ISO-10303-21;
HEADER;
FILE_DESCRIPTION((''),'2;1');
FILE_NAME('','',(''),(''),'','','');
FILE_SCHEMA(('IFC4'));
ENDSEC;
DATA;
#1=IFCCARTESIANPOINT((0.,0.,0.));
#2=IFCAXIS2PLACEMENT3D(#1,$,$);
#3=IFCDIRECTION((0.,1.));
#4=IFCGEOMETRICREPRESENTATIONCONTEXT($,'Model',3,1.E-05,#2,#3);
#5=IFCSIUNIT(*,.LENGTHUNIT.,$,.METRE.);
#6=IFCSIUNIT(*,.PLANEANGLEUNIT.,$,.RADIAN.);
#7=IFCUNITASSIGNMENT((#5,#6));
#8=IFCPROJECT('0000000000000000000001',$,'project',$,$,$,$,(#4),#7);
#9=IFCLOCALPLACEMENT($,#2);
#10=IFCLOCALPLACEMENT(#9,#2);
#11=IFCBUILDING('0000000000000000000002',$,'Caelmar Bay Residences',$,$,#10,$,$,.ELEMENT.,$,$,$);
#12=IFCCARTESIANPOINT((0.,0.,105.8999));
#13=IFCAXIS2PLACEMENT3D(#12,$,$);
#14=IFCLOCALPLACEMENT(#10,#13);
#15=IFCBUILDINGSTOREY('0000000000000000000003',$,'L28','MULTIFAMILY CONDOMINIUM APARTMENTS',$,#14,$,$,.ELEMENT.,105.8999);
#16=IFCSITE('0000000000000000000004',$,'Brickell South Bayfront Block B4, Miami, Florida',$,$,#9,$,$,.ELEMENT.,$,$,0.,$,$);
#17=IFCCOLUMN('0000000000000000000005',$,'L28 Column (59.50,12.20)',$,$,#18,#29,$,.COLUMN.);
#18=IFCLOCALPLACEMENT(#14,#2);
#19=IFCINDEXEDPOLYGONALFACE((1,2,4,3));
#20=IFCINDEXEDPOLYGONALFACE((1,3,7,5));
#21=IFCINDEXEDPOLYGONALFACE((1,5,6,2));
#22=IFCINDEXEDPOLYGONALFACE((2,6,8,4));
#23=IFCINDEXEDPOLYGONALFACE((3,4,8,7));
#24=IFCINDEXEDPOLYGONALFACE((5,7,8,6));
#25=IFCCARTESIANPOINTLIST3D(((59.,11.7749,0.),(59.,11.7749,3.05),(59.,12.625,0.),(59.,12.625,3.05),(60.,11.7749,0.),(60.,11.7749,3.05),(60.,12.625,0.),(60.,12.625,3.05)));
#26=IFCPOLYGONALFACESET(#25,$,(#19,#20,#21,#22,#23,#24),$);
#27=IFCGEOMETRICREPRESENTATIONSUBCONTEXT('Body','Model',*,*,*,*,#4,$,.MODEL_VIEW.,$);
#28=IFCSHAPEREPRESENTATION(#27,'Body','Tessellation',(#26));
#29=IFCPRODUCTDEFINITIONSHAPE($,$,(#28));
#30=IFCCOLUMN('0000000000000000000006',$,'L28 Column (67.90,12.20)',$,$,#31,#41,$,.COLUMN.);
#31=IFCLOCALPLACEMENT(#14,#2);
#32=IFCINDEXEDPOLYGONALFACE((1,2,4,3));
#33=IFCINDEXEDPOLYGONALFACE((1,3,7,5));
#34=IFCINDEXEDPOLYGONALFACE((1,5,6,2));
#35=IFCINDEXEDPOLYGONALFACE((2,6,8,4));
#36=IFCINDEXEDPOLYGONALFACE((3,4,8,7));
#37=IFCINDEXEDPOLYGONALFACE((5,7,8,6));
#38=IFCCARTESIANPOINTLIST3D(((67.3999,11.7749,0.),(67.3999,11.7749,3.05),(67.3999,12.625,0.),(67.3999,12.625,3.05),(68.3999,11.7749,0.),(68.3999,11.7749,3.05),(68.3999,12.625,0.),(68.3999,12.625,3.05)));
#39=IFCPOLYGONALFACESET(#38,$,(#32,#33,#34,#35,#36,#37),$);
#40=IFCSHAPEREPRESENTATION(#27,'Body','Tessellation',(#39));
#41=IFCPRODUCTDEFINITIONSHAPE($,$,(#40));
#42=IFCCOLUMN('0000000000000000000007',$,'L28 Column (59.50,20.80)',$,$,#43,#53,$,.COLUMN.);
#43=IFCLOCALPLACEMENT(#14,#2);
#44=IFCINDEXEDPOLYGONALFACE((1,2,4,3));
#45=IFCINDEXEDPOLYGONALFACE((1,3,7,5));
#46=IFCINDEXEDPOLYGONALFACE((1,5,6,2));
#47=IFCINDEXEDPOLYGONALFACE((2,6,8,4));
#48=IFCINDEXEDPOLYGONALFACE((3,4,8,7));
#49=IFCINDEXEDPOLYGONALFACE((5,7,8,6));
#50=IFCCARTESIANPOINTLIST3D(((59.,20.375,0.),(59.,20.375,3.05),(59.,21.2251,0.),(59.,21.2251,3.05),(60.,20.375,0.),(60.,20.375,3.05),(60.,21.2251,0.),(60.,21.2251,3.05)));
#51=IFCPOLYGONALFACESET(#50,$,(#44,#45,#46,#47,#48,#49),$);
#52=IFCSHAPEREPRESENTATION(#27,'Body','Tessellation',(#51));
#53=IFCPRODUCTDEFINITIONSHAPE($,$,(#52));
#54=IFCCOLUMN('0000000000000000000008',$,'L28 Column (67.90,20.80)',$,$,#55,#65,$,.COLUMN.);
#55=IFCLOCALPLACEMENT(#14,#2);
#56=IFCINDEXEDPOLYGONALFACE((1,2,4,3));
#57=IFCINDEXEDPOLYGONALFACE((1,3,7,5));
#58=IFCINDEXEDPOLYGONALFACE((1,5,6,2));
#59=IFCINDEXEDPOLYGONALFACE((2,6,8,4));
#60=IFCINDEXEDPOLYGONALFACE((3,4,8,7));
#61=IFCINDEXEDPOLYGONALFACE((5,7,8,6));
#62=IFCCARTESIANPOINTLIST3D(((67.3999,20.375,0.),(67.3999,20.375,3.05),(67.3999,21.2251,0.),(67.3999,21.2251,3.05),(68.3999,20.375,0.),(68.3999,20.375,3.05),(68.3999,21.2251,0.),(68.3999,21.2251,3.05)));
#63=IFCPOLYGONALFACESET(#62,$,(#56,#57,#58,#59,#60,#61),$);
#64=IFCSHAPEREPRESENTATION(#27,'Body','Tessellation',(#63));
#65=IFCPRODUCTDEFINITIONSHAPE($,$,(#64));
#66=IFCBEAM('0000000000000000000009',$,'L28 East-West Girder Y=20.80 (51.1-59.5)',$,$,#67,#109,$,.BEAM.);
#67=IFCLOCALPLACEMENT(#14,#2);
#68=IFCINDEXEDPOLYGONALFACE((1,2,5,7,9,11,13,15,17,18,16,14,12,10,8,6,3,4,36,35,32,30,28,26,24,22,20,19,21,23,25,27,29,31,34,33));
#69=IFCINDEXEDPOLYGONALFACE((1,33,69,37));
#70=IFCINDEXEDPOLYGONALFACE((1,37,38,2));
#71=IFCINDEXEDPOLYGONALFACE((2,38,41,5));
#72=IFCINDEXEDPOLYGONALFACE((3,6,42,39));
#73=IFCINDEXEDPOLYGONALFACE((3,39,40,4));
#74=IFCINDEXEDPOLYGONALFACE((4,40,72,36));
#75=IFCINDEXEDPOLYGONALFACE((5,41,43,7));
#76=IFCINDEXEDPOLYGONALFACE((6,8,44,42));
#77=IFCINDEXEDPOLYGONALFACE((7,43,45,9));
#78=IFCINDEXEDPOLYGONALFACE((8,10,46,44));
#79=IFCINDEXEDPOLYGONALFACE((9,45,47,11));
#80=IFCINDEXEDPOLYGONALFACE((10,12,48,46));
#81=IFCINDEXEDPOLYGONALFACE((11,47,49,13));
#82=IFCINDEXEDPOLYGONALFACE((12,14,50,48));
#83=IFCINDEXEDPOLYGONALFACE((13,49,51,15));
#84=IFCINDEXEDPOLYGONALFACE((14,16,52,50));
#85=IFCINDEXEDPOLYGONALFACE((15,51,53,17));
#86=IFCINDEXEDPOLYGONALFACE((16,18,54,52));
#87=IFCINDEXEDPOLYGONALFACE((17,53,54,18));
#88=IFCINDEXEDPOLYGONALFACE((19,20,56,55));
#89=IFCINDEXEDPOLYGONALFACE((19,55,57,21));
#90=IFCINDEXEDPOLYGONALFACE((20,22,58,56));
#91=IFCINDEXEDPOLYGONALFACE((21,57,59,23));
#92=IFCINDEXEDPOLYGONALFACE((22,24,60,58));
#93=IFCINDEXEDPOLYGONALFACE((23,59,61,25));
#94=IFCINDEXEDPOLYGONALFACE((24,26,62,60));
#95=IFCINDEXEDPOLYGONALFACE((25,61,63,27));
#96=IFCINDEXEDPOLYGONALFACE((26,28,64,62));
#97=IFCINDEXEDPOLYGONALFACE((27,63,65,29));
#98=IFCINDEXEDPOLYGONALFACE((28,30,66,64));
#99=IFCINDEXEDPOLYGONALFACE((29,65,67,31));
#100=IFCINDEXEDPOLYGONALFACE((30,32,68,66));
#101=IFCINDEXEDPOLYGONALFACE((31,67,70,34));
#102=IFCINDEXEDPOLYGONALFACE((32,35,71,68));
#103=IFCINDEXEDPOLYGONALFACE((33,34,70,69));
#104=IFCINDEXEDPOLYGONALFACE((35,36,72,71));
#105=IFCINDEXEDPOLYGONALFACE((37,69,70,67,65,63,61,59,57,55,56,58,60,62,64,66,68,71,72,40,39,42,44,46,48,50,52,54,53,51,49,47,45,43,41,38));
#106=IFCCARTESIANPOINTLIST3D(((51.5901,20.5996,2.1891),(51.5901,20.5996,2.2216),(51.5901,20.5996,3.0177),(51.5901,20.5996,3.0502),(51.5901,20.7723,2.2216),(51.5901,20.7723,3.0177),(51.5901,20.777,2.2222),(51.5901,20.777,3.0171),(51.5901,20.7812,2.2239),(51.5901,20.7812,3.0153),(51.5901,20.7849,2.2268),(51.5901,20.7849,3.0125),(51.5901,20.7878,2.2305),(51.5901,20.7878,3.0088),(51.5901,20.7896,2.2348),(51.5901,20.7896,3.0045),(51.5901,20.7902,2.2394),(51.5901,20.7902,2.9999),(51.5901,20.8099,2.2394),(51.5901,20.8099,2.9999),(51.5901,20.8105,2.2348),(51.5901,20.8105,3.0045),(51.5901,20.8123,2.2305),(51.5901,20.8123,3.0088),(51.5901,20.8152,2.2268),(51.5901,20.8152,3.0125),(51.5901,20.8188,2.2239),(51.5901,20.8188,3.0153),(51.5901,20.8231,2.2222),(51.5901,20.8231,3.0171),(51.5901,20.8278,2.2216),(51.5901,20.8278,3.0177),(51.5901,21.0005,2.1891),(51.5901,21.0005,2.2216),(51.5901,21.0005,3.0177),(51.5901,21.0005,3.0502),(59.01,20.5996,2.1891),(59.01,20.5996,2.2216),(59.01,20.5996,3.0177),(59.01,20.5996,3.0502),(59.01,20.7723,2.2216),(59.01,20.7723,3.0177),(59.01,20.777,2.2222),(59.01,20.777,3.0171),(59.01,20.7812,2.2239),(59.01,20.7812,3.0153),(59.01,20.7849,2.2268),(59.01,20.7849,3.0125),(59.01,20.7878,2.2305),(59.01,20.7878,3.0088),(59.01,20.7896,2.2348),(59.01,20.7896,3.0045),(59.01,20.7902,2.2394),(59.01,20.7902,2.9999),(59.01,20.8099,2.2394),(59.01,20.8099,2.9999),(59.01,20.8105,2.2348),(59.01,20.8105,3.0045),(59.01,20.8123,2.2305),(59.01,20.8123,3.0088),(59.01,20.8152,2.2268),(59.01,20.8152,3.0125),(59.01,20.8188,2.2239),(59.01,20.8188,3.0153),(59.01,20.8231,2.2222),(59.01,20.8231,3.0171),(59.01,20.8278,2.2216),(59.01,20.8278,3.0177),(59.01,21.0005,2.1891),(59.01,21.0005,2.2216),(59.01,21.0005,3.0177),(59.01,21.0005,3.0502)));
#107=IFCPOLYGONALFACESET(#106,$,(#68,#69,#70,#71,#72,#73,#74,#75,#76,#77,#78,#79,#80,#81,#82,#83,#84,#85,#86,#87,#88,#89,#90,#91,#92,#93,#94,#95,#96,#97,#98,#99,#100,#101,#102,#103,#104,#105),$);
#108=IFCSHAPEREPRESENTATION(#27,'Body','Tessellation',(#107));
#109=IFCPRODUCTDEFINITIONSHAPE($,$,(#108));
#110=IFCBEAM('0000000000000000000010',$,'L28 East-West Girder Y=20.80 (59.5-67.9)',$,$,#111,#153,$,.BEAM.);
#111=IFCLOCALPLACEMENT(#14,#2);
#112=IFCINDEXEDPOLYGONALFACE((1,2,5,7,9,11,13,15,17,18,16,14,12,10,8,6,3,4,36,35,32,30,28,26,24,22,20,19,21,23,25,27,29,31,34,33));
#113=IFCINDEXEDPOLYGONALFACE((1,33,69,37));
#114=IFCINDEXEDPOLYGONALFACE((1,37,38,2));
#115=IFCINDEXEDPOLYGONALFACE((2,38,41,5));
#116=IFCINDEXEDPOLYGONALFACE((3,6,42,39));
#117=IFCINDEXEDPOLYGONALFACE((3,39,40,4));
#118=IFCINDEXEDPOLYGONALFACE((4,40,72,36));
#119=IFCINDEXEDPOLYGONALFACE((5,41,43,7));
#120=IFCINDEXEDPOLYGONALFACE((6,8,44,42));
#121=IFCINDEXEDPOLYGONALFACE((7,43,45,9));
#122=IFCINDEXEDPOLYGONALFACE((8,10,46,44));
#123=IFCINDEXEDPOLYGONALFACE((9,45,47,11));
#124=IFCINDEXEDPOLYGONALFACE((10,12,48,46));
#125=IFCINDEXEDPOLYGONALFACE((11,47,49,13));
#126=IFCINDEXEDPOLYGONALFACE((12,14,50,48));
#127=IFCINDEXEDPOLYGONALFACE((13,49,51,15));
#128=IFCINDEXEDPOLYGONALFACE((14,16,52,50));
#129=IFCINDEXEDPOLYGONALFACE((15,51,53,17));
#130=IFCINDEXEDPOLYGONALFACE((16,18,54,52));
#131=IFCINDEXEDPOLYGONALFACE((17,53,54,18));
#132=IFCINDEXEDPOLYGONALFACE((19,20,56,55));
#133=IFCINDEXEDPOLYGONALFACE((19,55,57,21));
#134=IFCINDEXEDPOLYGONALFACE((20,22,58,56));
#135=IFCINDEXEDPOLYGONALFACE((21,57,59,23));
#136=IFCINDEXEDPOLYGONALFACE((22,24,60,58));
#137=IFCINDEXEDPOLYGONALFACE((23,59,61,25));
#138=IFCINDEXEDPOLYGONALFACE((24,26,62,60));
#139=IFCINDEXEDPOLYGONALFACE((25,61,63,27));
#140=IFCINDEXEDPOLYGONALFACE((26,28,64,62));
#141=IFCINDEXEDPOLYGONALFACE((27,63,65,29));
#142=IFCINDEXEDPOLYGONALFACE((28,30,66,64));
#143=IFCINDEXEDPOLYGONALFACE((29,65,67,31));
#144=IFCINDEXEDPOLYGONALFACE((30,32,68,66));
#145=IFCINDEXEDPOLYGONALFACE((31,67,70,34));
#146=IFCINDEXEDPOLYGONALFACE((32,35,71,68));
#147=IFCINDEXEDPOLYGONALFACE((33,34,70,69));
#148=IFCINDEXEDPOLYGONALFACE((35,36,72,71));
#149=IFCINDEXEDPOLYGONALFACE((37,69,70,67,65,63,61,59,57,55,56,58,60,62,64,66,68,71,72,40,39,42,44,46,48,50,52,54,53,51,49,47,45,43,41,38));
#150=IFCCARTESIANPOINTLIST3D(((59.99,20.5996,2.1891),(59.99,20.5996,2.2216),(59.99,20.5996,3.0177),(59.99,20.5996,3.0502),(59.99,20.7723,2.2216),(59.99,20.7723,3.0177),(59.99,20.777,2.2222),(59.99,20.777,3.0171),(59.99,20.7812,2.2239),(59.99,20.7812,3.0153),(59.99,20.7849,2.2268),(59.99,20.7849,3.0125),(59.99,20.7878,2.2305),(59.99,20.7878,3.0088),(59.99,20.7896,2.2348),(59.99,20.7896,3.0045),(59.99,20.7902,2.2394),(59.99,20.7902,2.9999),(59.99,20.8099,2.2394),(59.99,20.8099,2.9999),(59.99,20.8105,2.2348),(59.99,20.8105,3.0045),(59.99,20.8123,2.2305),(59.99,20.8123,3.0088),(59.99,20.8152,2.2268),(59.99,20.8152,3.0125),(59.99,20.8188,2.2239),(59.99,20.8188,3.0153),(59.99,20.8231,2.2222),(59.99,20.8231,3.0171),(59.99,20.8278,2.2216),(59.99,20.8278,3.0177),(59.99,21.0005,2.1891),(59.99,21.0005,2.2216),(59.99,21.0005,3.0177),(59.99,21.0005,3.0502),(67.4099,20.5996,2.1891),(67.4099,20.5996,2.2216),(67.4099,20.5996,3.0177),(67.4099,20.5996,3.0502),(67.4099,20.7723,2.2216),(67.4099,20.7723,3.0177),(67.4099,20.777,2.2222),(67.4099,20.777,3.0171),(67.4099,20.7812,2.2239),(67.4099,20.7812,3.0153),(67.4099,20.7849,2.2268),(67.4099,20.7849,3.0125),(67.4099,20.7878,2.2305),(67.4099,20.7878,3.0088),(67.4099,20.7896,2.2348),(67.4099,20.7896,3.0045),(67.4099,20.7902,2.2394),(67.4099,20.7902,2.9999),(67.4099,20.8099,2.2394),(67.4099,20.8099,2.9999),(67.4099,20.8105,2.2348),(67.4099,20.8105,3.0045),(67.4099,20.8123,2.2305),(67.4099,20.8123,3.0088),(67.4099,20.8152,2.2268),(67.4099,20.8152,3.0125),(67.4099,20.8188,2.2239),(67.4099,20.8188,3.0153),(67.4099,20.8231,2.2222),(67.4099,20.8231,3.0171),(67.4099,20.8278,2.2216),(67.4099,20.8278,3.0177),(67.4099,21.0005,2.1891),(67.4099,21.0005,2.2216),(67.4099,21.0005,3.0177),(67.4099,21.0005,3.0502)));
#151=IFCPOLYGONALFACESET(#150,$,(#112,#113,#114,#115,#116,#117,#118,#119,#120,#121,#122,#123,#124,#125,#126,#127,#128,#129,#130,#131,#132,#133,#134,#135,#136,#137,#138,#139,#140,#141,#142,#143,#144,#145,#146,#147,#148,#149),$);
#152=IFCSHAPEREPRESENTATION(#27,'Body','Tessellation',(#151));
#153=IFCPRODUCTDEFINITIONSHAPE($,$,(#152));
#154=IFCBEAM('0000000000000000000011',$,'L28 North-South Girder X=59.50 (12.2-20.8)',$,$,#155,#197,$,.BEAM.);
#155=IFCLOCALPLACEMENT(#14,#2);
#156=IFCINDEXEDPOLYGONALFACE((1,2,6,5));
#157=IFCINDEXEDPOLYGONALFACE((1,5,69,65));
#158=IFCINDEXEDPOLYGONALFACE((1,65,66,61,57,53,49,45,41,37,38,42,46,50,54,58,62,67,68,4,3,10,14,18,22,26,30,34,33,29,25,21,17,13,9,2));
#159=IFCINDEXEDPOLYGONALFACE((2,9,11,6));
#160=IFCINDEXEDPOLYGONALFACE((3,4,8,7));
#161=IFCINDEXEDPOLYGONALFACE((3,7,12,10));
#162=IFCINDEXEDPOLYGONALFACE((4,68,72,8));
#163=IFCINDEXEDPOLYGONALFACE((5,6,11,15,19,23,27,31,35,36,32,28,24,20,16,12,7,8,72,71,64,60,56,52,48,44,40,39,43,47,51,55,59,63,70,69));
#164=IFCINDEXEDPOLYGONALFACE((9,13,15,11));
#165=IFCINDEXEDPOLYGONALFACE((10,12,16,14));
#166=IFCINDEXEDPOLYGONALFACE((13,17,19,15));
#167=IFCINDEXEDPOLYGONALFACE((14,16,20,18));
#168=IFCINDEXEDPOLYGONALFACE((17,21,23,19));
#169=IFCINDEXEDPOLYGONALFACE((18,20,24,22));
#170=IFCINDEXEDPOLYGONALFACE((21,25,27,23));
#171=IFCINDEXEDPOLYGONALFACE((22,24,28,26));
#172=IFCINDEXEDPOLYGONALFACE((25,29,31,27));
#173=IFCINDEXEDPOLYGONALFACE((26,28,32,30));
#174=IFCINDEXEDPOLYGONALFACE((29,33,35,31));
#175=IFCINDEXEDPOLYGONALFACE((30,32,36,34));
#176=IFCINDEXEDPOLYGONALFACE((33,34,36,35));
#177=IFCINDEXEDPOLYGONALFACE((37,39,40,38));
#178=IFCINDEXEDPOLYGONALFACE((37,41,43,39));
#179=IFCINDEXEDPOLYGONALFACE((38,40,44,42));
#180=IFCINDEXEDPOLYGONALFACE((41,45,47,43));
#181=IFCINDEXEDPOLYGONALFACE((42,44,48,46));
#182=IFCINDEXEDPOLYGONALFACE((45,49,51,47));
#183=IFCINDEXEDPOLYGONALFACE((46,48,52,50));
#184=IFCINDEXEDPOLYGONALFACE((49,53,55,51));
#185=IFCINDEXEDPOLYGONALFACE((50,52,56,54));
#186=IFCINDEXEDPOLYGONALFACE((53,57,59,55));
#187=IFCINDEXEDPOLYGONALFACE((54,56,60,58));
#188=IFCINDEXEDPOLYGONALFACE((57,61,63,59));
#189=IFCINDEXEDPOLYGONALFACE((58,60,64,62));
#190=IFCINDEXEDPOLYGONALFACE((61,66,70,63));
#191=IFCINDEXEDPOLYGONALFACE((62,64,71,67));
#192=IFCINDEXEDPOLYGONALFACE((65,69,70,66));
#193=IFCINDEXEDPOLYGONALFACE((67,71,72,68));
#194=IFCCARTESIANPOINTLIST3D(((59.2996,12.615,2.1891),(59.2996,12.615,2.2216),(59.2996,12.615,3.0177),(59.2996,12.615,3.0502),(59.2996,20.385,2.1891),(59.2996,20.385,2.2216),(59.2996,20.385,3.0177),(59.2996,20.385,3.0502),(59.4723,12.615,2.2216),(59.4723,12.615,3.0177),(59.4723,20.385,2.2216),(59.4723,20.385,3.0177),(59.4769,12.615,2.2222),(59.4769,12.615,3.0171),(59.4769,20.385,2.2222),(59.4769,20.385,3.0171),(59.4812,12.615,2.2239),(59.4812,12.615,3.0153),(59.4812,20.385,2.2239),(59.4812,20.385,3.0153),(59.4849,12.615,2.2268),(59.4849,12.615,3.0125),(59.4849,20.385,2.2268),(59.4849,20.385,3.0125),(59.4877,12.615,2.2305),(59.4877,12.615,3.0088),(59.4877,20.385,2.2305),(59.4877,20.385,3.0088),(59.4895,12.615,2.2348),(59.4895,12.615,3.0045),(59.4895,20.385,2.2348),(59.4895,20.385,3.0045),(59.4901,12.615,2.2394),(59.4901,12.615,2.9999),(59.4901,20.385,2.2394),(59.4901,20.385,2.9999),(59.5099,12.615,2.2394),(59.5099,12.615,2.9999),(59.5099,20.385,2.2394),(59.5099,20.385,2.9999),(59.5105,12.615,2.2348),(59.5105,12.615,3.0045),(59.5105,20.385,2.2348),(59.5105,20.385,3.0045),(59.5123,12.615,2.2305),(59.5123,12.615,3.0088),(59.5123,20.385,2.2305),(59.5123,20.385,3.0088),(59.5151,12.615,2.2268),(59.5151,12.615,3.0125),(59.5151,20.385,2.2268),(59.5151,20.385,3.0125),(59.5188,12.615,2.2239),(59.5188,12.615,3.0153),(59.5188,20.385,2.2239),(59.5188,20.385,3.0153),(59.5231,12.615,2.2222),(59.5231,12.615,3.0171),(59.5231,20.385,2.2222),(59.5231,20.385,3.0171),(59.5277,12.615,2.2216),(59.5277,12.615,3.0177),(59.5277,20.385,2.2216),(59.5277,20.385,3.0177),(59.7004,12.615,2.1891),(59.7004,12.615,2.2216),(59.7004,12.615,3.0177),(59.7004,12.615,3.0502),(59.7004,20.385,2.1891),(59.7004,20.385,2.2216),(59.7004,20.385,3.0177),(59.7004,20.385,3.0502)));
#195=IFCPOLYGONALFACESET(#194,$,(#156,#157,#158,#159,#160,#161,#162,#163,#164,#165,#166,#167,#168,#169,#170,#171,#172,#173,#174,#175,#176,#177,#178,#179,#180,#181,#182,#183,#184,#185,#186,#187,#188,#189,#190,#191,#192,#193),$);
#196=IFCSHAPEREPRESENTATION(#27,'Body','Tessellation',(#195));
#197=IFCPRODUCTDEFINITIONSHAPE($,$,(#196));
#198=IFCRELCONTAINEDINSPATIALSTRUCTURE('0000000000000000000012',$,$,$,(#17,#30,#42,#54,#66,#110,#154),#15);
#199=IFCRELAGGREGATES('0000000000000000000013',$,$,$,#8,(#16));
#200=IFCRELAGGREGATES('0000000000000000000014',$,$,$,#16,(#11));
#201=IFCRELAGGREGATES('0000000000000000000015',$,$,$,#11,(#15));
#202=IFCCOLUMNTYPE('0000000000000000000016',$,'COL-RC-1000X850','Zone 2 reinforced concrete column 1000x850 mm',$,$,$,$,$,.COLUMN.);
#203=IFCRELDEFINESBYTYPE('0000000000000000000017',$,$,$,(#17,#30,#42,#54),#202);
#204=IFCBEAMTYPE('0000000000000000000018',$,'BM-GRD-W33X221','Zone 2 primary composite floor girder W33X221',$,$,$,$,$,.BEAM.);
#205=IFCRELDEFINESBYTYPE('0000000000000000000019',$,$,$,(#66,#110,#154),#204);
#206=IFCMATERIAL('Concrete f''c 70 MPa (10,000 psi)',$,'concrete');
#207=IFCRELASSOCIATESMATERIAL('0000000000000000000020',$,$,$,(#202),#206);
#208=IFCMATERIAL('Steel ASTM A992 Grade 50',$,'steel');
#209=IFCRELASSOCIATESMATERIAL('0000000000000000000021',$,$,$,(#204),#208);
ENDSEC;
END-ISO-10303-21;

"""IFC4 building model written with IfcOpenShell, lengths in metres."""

from ifc_helpers import new_model, si_unit, direction, frame, origin, origin_2d, place, context, subcontext, project, spatial, rectangle, i_section, extrude, material, material_profile, profile_set, type_object, element, save


model = new_model("IFC4")

# Units and contexts
model_context = context("Model", 3, precision=1e-05, world=origin(), true_north=direction((0.0, 1.0)))
body_context = subcontext(model_context, "Body", "Model", "MODEL_VIEW")
ifc_project = project(units=[si_unit("LENGTHUNIT", "METRE"), si_unit("PLANEANGLEUNIT", "RADIAN")], contexts=[model_context])

# Site, building, storey
site_placement = place(None, origin())
site = spatial("IfcSite", under=ifc_project, at=site_placement, Name="Brickell South Bayfront Block B4, Miami, Florida", CompositionType="ELEMENT", RefElevation=0.0)
building_placement = place(site_placement, origin())
building = spatial("IfcBuilding", under=site, at=building_placement, Name="Caelmar Bay Residences", CompositionType="ELEMENT")
storey_placement = place(building_placement, frame((0.0, 0.0, 105.8999)))
storey = spatial("IfcBuildingStorey", under=building, at=storey_placement, Name="L28", Description="MULTIFAMILY CONDOMINIUM APARTMENTS", CompositionType="ELEMENT", Elevation=105.8999)

# Columns
ifc_material_1 = material(Name="Concrete f'c 70 MPa (10,000 psi)", Category="concrete")
ifc_material_profile_1 = material_profile(ifc_material_1, rectangle(XDim=1.0, YDim=0.8501, at=origin_2d()), Name="RC-COL-1000X850")
ifc_profile_set_1 = profile_set([ifc_material_profile_1], Name="Concrete f'c 70 MPa (10,000 psi)")
column_type = type_object("IfcColumnType", Name="COL-RC-1000X850", Description="Zone 2 reinforced concrete column 1000x850 mm", PredefinedType="COLUMN", material=ifc_profile_set_1)
for number, where, z_axis, x_axis, name in (
    (1, (59.5, 12.2, 0.0), (0.0, 0.0, 1.0), (1.0, 0.0, 0.0), "L28 Column (59.50,12.20)"),
    (2, (67.8999, 12.2, 0.0), (0.0, 0.0, 1.0), (1.0, 0.0, 0.0), "L28 Column (67.90,12.20)"),
    (3, (59.5, 20.8, 0.0), (0.0, 0.0, 1.0), (1.0, 0.0, 0.0), "L28 Column (59.50,20.80)"),
    (4, (67.8999, 20.8, 0.0), (0.0, 0.0, 1.0), (1.0, 0.0, 0.0), "L28 Column (67.90,20.80)"),
):
    element("IfcColumn", number, at=place(storey_placement, frame(where, z_axis=z_axis, x_axis=x_axis)), inside=storey, type_object=column_type, Name=name, PredefinedType="COLUMN", context=body_context, shape_type="SweptSolid", body=[
        extrude(rectangle(XDim=1.0, YDim=0.8501, at=origin_2d()), origin(), (0.0, 0.0, 1.0), 3.05),
    ])

# Beams
ifc_material_2 = material(Name="Steel ASTM A992 Grade 50", Category="steel")
ifc_material_profile_2 = material_profile(ifc_material_2, i_section(OverallWidth=0.4009, OverallDepth=0.8611, WebThickness=0.0198, FlangeThickness=0.0325, FilletRadius=0.0178, at=origin_2d()), Name="W33X221")
ifc_profile_set_2 = profile_set([ifc_material_profile_2], Name="Steel ASTM A992 Grade 50")
beam_type_1 = type_object("IfcBeamType", Name="BM-GRD-W33X221", Description="Zone 2 primary composite floor girder W33X221", PredefinedType="BEAM", material=ifc_profile_set_2)
for number, where, z_axis, x_axis, name in (
    (5, (51.5901, 20.8, 2.6196), (1.0, 0.0, 0.0), (0.0, 1.0, 0.0), "L28 East-West Girder Y=20.80 (51.1-59.5)"),
    (6, (59.99, 20.8, 2.6196), (1.0, 0.0, 0.0), (0.0, 1.0, 0.0), "L28 East-West Girder Y=20.80 (59.5-67.9)"),
):
    element("IfcBeam", number, at=place(storey_placement, frame(where, z_axis=z_axis, x_axis=x_axis)), inside=storey, type_object=beam_type_1, Name=name, PredefinedType="BEAM", context=body_context, shape_type="SweptSolid", body=[
        extrude(i_section(OverallWidth=0.4009, OverallDepth=0.8611, WebThickness=0.0198, FlangeThickness=0.0325, FilletRadius=0.0178, at=origin_2d()), origin(), (0.0, 0.0, 1.0), 7.4199),
    ])
for number, where, z_axis, x_axis, name in (
    (7, (59.5, 12.615, 2.6196), (0.0, 1.0, 0.0), (-1.0, 0.0, 0.0), "L28 North-South Girder X=59.50 (12.2-20.8)"),
):
    element("IfcBeam", number, at=place(storey_placement, frame(where, z_axis=z_axis, x_axis=x_axis)), inside=storey, type_object=beam_type_1, Name=name, PredefinedType="BEAM", context=body_context, shape_type="SweptSolid", body=[
        extrude(i_section(OverallWidth=0.4009, OverallDepth=0.8611, WebThickness=0.0198, FlangeThickness=0.0325, FilletRadius=0.0178, at=origin_2d()), origin(), (0.0, 0.0, 1.0), 7.77),
    ])

save(model, "model.ifc")
